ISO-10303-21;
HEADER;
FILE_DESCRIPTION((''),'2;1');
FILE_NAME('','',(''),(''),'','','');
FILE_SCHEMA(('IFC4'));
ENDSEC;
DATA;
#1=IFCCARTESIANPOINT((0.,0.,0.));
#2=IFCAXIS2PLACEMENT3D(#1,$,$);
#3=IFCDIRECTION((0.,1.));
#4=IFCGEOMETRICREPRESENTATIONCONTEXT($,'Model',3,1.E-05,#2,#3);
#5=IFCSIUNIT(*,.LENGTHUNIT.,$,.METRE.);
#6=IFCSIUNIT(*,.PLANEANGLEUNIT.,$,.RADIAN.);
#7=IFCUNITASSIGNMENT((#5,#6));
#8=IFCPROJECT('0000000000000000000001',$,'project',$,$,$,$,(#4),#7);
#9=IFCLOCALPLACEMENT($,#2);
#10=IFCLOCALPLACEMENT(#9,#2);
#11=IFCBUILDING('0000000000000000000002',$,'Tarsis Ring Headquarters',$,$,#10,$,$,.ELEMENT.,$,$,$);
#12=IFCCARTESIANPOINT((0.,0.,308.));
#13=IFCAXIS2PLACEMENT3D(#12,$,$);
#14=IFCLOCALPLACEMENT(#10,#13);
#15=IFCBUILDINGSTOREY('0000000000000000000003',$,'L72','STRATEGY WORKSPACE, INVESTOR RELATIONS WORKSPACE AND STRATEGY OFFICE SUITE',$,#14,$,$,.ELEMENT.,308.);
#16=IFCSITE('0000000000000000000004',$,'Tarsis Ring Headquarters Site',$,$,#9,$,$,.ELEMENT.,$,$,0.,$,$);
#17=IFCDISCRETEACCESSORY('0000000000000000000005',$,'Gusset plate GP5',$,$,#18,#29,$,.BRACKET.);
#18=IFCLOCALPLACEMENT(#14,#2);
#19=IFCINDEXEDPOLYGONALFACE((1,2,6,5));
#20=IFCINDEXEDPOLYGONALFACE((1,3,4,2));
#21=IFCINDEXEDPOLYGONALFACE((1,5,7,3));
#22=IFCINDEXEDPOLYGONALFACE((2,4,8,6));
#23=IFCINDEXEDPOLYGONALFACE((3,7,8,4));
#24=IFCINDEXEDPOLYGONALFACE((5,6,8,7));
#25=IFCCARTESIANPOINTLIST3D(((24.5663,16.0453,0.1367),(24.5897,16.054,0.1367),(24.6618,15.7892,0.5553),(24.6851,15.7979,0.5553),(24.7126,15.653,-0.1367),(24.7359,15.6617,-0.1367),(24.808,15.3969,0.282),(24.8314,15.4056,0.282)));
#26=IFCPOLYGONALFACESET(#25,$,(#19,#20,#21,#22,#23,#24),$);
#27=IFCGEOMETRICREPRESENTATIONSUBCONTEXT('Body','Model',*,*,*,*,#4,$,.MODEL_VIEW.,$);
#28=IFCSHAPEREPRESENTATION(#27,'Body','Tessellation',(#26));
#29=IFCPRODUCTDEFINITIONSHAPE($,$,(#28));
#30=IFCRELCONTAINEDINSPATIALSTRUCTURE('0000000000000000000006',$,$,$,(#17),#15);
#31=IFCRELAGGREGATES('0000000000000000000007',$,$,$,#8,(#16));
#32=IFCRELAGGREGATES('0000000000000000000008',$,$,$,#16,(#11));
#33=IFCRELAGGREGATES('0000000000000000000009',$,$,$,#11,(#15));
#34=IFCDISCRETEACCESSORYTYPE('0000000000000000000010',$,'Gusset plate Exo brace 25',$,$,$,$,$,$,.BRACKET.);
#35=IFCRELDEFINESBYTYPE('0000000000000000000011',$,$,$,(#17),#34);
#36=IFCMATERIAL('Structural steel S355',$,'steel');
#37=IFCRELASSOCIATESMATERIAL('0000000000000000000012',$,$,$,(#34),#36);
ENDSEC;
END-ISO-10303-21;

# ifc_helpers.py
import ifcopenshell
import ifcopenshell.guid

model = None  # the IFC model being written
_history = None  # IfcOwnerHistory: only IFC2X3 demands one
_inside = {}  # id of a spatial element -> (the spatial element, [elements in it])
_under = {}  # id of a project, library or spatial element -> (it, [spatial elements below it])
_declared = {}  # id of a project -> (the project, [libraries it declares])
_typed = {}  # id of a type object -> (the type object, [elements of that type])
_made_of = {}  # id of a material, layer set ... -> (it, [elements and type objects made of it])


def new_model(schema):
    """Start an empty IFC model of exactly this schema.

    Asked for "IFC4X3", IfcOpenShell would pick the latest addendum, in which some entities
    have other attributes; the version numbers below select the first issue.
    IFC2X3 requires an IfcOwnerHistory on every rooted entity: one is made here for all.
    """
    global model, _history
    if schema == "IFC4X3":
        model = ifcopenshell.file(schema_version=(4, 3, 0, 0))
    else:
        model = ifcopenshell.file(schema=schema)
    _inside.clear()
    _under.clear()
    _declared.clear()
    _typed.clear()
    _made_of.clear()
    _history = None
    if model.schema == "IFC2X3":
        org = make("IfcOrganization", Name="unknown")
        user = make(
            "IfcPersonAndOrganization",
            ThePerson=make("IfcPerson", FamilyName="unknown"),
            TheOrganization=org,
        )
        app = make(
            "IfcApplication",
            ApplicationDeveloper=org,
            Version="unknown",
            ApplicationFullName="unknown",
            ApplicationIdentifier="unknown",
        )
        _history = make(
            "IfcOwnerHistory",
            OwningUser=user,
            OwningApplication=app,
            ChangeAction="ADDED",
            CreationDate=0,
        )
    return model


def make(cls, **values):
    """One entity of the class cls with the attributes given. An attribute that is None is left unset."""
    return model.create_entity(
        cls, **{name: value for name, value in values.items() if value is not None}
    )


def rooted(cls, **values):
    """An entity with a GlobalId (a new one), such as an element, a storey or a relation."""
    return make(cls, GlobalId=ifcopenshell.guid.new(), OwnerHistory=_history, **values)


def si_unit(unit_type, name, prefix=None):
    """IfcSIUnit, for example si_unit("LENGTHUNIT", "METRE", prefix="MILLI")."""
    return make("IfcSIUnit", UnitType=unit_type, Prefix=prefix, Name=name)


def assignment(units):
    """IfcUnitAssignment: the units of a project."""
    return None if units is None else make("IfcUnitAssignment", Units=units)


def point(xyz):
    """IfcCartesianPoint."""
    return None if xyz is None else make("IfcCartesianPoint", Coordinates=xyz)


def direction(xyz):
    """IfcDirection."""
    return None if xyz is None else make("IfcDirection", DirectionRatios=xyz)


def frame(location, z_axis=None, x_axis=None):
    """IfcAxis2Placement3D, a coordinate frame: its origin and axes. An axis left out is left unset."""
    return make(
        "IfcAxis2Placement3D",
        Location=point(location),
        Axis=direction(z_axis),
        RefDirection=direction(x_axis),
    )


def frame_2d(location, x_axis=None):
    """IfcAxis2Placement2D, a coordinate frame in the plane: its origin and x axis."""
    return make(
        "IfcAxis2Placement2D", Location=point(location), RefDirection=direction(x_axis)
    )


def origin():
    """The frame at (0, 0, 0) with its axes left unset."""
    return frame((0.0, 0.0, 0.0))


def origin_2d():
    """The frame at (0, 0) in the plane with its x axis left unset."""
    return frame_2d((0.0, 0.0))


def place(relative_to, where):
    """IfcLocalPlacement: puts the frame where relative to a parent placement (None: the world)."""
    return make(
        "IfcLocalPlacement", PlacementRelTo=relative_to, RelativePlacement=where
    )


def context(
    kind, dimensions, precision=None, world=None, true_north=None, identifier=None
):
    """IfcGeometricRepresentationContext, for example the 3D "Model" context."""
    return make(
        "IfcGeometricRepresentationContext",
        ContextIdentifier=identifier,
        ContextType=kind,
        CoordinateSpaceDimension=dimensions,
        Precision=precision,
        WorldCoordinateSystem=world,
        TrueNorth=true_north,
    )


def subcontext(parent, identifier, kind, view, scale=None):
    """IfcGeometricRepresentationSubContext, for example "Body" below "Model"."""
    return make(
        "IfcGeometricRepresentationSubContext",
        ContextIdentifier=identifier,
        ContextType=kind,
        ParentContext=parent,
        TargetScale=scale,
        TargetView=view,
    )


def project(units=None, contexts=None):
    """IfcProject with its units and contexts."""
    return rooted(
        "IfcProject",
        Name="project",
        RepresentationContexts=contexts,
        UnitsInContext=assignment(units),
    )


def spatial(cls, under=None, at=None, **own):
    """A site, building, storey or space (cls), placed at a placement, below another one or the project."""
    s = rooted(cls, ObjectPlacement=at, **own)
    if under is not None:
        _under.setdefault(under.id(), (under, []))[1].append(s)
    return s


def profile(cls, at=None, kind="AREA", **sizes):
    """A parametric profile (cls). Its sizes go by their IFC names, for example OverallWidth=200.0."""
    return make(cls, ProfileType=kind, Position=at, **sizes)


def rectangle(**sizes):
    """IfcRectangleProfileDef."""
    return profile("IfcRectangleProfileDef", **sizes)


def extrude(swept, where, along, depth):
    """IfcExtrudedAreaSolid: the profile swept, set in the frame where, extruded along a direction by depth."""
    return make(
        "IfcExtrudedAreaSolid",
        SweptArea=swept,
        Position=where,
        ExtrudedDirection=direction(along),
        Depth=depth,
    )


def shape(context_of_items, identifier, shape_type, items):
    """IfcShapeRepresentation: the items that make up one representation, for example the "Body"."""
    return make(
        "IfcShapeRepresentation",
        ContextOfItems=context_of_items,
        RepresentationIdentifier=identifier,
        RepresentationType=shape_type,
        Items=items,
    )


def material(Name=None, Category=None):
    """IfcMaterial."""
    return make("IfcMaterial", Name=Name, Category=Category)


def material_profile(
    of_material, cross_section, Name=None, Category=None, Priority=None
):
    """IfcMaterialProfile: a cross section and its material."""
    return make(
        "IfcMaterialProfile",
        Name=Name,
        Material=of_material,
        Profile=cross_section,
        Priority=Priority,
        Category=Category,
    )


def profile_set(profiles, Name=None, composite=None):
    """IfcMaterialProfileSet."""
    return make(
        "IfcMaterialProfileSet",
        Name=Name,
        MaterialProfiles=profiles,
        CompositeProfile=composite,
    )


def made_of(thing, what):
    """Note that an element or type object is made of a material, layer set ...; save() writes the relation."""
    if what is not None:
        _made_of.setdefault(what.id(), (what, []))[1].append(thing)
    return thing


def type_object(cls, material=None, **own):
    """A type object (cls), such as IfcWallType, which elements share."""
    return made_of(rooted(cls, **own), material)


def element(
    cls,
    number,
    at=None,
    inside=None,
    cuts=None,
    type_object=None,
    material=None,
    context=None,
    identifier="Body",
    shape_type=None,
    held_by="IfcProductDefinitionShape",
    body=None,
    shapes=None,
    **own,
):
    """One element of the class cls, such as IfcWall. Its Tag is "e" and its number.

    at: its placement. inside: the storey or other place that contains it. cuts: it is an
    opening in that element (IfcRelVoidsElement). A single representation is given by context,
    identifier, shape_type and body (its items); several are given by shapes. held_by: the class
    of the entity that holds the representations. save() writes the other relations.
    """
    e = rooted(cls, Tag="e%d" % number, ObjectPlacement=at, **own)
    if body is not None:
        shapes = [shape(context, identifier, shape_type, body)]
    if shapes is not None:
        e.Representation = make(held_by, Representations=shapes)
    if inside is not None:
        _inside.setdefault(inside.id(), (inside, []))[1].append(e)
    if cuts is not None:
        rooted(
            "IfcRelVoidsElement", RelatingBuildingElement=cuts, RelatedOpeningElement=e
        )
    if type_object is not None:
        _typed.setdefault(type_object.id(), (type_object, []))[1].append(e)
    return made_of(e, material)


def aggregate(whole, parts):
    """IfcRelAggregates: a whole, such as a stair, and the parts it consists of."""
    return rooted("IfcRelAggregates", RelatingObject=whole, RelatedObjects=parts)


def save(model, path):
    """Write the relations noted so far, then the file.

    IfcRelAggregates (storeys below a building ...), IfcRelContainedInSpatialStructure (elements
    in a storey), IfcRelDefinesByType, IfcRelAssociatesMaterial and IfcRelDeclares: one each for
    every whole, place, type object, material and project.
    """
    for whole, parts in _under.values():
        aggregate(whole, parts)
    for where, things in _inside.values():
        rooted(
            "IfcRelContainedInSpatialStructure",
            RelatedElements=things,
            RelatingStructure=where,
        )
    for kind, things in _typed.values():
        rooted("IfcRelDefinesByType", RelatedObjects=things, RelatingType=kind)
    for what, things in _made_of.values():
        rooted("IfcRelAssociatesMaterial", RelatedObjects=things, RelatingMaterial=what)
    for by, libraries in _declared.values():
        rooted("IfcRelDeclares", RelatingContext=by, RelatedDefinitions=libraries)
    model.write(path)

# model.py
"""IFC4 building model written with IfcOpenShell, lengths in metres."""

from ifc_helpers import new_model, si_unit, direction, frame, origin, origin_2d, place, context, subcontext, project, spatial, rectangle, extrude, material, material_profile, profile_set, type_object, element, save


model = new_model("IFC4")

# Units and contexts
model_context = context("Model", 3, precision=1e-05, world=origin(), true_north=direction((0.0, 1.0)))
body_context = subcontext(model_context, "Body", "Model", "MODEL_VIEW")
ifc_project = project(units=[si_unit("LENGTHUNIT", "METRE"), si_unit("PLANEANGLEUNIT", "RADIAN")], contexts=[model_context])

# Site, building, storey
site_placement = place(None, origin())
site = spatial("IfcSite", under=ifc_project, at=site_placement, Name="Tarsis Ring Headquarters Site", CompositionType="ELEMENT", RefElevation=0.0)
building_placement = place(site_placement, origin())
building = spatial("IfcBuilding", under=site, at=building_placement, Name="Tarsis Ring Headquarters", CompositionType="ELEMENT")
storey_placement = place(building_placement, frame((0.0, 0.0, 308.0)))
storey = spatial("IfcBuildingStorey", under=building, at=storey_placement, Name="L72", Description="STRATEGY WORKSPACE, INVESTOR RELATIONS WORKSPACE AND STRATEGY OFFICE SUITE", CompositionType="ELEMENT", Elevation=308.0)

# Shared definitions
ifc_material_1 = material(Name="Structural steel S355", Category="steel")

# Discrete accessory
ifc_material_profile_1 = material_profile(ifc_material_1, rectangle(XDim=0.0249, YDim=0.5, at=origin_2d()), Name="PL 25x500")
ifc_profile_set_1 = profile_set([ifc_material_profile_1], Name="Structural steel S355")
discrete_accessory_type = type_object("IfcDiscreteAccessoryType", Name="Gusset plate Exo brace 25", PredefinedType="BRACKET", material=ifc_profile_set_1)
discrete_accessory_placement = place(storey_placement, frame((24.6511, 15.8535, 0.0), z_axis=(0.190913, -0.512195, 0.837382), x_axis=(0.937025, 0.349263, 0.0)))
element("IfcDiscreteAccessory", 1, at=discrete_accessory_placement, inside=storey, type_object=discrete_accessory_type, Name="Gusset plate GP5", PredefinedType="BRACKET", context=body_context, shape_type="SweptSolid", body=[
    extrude(rectangle(XDim=0.0249, YDim=0.5, at=origin_2d()), origin(), (0.0, 0.0, 1.0), 0.5),
])

save(model, "model.ifc")
